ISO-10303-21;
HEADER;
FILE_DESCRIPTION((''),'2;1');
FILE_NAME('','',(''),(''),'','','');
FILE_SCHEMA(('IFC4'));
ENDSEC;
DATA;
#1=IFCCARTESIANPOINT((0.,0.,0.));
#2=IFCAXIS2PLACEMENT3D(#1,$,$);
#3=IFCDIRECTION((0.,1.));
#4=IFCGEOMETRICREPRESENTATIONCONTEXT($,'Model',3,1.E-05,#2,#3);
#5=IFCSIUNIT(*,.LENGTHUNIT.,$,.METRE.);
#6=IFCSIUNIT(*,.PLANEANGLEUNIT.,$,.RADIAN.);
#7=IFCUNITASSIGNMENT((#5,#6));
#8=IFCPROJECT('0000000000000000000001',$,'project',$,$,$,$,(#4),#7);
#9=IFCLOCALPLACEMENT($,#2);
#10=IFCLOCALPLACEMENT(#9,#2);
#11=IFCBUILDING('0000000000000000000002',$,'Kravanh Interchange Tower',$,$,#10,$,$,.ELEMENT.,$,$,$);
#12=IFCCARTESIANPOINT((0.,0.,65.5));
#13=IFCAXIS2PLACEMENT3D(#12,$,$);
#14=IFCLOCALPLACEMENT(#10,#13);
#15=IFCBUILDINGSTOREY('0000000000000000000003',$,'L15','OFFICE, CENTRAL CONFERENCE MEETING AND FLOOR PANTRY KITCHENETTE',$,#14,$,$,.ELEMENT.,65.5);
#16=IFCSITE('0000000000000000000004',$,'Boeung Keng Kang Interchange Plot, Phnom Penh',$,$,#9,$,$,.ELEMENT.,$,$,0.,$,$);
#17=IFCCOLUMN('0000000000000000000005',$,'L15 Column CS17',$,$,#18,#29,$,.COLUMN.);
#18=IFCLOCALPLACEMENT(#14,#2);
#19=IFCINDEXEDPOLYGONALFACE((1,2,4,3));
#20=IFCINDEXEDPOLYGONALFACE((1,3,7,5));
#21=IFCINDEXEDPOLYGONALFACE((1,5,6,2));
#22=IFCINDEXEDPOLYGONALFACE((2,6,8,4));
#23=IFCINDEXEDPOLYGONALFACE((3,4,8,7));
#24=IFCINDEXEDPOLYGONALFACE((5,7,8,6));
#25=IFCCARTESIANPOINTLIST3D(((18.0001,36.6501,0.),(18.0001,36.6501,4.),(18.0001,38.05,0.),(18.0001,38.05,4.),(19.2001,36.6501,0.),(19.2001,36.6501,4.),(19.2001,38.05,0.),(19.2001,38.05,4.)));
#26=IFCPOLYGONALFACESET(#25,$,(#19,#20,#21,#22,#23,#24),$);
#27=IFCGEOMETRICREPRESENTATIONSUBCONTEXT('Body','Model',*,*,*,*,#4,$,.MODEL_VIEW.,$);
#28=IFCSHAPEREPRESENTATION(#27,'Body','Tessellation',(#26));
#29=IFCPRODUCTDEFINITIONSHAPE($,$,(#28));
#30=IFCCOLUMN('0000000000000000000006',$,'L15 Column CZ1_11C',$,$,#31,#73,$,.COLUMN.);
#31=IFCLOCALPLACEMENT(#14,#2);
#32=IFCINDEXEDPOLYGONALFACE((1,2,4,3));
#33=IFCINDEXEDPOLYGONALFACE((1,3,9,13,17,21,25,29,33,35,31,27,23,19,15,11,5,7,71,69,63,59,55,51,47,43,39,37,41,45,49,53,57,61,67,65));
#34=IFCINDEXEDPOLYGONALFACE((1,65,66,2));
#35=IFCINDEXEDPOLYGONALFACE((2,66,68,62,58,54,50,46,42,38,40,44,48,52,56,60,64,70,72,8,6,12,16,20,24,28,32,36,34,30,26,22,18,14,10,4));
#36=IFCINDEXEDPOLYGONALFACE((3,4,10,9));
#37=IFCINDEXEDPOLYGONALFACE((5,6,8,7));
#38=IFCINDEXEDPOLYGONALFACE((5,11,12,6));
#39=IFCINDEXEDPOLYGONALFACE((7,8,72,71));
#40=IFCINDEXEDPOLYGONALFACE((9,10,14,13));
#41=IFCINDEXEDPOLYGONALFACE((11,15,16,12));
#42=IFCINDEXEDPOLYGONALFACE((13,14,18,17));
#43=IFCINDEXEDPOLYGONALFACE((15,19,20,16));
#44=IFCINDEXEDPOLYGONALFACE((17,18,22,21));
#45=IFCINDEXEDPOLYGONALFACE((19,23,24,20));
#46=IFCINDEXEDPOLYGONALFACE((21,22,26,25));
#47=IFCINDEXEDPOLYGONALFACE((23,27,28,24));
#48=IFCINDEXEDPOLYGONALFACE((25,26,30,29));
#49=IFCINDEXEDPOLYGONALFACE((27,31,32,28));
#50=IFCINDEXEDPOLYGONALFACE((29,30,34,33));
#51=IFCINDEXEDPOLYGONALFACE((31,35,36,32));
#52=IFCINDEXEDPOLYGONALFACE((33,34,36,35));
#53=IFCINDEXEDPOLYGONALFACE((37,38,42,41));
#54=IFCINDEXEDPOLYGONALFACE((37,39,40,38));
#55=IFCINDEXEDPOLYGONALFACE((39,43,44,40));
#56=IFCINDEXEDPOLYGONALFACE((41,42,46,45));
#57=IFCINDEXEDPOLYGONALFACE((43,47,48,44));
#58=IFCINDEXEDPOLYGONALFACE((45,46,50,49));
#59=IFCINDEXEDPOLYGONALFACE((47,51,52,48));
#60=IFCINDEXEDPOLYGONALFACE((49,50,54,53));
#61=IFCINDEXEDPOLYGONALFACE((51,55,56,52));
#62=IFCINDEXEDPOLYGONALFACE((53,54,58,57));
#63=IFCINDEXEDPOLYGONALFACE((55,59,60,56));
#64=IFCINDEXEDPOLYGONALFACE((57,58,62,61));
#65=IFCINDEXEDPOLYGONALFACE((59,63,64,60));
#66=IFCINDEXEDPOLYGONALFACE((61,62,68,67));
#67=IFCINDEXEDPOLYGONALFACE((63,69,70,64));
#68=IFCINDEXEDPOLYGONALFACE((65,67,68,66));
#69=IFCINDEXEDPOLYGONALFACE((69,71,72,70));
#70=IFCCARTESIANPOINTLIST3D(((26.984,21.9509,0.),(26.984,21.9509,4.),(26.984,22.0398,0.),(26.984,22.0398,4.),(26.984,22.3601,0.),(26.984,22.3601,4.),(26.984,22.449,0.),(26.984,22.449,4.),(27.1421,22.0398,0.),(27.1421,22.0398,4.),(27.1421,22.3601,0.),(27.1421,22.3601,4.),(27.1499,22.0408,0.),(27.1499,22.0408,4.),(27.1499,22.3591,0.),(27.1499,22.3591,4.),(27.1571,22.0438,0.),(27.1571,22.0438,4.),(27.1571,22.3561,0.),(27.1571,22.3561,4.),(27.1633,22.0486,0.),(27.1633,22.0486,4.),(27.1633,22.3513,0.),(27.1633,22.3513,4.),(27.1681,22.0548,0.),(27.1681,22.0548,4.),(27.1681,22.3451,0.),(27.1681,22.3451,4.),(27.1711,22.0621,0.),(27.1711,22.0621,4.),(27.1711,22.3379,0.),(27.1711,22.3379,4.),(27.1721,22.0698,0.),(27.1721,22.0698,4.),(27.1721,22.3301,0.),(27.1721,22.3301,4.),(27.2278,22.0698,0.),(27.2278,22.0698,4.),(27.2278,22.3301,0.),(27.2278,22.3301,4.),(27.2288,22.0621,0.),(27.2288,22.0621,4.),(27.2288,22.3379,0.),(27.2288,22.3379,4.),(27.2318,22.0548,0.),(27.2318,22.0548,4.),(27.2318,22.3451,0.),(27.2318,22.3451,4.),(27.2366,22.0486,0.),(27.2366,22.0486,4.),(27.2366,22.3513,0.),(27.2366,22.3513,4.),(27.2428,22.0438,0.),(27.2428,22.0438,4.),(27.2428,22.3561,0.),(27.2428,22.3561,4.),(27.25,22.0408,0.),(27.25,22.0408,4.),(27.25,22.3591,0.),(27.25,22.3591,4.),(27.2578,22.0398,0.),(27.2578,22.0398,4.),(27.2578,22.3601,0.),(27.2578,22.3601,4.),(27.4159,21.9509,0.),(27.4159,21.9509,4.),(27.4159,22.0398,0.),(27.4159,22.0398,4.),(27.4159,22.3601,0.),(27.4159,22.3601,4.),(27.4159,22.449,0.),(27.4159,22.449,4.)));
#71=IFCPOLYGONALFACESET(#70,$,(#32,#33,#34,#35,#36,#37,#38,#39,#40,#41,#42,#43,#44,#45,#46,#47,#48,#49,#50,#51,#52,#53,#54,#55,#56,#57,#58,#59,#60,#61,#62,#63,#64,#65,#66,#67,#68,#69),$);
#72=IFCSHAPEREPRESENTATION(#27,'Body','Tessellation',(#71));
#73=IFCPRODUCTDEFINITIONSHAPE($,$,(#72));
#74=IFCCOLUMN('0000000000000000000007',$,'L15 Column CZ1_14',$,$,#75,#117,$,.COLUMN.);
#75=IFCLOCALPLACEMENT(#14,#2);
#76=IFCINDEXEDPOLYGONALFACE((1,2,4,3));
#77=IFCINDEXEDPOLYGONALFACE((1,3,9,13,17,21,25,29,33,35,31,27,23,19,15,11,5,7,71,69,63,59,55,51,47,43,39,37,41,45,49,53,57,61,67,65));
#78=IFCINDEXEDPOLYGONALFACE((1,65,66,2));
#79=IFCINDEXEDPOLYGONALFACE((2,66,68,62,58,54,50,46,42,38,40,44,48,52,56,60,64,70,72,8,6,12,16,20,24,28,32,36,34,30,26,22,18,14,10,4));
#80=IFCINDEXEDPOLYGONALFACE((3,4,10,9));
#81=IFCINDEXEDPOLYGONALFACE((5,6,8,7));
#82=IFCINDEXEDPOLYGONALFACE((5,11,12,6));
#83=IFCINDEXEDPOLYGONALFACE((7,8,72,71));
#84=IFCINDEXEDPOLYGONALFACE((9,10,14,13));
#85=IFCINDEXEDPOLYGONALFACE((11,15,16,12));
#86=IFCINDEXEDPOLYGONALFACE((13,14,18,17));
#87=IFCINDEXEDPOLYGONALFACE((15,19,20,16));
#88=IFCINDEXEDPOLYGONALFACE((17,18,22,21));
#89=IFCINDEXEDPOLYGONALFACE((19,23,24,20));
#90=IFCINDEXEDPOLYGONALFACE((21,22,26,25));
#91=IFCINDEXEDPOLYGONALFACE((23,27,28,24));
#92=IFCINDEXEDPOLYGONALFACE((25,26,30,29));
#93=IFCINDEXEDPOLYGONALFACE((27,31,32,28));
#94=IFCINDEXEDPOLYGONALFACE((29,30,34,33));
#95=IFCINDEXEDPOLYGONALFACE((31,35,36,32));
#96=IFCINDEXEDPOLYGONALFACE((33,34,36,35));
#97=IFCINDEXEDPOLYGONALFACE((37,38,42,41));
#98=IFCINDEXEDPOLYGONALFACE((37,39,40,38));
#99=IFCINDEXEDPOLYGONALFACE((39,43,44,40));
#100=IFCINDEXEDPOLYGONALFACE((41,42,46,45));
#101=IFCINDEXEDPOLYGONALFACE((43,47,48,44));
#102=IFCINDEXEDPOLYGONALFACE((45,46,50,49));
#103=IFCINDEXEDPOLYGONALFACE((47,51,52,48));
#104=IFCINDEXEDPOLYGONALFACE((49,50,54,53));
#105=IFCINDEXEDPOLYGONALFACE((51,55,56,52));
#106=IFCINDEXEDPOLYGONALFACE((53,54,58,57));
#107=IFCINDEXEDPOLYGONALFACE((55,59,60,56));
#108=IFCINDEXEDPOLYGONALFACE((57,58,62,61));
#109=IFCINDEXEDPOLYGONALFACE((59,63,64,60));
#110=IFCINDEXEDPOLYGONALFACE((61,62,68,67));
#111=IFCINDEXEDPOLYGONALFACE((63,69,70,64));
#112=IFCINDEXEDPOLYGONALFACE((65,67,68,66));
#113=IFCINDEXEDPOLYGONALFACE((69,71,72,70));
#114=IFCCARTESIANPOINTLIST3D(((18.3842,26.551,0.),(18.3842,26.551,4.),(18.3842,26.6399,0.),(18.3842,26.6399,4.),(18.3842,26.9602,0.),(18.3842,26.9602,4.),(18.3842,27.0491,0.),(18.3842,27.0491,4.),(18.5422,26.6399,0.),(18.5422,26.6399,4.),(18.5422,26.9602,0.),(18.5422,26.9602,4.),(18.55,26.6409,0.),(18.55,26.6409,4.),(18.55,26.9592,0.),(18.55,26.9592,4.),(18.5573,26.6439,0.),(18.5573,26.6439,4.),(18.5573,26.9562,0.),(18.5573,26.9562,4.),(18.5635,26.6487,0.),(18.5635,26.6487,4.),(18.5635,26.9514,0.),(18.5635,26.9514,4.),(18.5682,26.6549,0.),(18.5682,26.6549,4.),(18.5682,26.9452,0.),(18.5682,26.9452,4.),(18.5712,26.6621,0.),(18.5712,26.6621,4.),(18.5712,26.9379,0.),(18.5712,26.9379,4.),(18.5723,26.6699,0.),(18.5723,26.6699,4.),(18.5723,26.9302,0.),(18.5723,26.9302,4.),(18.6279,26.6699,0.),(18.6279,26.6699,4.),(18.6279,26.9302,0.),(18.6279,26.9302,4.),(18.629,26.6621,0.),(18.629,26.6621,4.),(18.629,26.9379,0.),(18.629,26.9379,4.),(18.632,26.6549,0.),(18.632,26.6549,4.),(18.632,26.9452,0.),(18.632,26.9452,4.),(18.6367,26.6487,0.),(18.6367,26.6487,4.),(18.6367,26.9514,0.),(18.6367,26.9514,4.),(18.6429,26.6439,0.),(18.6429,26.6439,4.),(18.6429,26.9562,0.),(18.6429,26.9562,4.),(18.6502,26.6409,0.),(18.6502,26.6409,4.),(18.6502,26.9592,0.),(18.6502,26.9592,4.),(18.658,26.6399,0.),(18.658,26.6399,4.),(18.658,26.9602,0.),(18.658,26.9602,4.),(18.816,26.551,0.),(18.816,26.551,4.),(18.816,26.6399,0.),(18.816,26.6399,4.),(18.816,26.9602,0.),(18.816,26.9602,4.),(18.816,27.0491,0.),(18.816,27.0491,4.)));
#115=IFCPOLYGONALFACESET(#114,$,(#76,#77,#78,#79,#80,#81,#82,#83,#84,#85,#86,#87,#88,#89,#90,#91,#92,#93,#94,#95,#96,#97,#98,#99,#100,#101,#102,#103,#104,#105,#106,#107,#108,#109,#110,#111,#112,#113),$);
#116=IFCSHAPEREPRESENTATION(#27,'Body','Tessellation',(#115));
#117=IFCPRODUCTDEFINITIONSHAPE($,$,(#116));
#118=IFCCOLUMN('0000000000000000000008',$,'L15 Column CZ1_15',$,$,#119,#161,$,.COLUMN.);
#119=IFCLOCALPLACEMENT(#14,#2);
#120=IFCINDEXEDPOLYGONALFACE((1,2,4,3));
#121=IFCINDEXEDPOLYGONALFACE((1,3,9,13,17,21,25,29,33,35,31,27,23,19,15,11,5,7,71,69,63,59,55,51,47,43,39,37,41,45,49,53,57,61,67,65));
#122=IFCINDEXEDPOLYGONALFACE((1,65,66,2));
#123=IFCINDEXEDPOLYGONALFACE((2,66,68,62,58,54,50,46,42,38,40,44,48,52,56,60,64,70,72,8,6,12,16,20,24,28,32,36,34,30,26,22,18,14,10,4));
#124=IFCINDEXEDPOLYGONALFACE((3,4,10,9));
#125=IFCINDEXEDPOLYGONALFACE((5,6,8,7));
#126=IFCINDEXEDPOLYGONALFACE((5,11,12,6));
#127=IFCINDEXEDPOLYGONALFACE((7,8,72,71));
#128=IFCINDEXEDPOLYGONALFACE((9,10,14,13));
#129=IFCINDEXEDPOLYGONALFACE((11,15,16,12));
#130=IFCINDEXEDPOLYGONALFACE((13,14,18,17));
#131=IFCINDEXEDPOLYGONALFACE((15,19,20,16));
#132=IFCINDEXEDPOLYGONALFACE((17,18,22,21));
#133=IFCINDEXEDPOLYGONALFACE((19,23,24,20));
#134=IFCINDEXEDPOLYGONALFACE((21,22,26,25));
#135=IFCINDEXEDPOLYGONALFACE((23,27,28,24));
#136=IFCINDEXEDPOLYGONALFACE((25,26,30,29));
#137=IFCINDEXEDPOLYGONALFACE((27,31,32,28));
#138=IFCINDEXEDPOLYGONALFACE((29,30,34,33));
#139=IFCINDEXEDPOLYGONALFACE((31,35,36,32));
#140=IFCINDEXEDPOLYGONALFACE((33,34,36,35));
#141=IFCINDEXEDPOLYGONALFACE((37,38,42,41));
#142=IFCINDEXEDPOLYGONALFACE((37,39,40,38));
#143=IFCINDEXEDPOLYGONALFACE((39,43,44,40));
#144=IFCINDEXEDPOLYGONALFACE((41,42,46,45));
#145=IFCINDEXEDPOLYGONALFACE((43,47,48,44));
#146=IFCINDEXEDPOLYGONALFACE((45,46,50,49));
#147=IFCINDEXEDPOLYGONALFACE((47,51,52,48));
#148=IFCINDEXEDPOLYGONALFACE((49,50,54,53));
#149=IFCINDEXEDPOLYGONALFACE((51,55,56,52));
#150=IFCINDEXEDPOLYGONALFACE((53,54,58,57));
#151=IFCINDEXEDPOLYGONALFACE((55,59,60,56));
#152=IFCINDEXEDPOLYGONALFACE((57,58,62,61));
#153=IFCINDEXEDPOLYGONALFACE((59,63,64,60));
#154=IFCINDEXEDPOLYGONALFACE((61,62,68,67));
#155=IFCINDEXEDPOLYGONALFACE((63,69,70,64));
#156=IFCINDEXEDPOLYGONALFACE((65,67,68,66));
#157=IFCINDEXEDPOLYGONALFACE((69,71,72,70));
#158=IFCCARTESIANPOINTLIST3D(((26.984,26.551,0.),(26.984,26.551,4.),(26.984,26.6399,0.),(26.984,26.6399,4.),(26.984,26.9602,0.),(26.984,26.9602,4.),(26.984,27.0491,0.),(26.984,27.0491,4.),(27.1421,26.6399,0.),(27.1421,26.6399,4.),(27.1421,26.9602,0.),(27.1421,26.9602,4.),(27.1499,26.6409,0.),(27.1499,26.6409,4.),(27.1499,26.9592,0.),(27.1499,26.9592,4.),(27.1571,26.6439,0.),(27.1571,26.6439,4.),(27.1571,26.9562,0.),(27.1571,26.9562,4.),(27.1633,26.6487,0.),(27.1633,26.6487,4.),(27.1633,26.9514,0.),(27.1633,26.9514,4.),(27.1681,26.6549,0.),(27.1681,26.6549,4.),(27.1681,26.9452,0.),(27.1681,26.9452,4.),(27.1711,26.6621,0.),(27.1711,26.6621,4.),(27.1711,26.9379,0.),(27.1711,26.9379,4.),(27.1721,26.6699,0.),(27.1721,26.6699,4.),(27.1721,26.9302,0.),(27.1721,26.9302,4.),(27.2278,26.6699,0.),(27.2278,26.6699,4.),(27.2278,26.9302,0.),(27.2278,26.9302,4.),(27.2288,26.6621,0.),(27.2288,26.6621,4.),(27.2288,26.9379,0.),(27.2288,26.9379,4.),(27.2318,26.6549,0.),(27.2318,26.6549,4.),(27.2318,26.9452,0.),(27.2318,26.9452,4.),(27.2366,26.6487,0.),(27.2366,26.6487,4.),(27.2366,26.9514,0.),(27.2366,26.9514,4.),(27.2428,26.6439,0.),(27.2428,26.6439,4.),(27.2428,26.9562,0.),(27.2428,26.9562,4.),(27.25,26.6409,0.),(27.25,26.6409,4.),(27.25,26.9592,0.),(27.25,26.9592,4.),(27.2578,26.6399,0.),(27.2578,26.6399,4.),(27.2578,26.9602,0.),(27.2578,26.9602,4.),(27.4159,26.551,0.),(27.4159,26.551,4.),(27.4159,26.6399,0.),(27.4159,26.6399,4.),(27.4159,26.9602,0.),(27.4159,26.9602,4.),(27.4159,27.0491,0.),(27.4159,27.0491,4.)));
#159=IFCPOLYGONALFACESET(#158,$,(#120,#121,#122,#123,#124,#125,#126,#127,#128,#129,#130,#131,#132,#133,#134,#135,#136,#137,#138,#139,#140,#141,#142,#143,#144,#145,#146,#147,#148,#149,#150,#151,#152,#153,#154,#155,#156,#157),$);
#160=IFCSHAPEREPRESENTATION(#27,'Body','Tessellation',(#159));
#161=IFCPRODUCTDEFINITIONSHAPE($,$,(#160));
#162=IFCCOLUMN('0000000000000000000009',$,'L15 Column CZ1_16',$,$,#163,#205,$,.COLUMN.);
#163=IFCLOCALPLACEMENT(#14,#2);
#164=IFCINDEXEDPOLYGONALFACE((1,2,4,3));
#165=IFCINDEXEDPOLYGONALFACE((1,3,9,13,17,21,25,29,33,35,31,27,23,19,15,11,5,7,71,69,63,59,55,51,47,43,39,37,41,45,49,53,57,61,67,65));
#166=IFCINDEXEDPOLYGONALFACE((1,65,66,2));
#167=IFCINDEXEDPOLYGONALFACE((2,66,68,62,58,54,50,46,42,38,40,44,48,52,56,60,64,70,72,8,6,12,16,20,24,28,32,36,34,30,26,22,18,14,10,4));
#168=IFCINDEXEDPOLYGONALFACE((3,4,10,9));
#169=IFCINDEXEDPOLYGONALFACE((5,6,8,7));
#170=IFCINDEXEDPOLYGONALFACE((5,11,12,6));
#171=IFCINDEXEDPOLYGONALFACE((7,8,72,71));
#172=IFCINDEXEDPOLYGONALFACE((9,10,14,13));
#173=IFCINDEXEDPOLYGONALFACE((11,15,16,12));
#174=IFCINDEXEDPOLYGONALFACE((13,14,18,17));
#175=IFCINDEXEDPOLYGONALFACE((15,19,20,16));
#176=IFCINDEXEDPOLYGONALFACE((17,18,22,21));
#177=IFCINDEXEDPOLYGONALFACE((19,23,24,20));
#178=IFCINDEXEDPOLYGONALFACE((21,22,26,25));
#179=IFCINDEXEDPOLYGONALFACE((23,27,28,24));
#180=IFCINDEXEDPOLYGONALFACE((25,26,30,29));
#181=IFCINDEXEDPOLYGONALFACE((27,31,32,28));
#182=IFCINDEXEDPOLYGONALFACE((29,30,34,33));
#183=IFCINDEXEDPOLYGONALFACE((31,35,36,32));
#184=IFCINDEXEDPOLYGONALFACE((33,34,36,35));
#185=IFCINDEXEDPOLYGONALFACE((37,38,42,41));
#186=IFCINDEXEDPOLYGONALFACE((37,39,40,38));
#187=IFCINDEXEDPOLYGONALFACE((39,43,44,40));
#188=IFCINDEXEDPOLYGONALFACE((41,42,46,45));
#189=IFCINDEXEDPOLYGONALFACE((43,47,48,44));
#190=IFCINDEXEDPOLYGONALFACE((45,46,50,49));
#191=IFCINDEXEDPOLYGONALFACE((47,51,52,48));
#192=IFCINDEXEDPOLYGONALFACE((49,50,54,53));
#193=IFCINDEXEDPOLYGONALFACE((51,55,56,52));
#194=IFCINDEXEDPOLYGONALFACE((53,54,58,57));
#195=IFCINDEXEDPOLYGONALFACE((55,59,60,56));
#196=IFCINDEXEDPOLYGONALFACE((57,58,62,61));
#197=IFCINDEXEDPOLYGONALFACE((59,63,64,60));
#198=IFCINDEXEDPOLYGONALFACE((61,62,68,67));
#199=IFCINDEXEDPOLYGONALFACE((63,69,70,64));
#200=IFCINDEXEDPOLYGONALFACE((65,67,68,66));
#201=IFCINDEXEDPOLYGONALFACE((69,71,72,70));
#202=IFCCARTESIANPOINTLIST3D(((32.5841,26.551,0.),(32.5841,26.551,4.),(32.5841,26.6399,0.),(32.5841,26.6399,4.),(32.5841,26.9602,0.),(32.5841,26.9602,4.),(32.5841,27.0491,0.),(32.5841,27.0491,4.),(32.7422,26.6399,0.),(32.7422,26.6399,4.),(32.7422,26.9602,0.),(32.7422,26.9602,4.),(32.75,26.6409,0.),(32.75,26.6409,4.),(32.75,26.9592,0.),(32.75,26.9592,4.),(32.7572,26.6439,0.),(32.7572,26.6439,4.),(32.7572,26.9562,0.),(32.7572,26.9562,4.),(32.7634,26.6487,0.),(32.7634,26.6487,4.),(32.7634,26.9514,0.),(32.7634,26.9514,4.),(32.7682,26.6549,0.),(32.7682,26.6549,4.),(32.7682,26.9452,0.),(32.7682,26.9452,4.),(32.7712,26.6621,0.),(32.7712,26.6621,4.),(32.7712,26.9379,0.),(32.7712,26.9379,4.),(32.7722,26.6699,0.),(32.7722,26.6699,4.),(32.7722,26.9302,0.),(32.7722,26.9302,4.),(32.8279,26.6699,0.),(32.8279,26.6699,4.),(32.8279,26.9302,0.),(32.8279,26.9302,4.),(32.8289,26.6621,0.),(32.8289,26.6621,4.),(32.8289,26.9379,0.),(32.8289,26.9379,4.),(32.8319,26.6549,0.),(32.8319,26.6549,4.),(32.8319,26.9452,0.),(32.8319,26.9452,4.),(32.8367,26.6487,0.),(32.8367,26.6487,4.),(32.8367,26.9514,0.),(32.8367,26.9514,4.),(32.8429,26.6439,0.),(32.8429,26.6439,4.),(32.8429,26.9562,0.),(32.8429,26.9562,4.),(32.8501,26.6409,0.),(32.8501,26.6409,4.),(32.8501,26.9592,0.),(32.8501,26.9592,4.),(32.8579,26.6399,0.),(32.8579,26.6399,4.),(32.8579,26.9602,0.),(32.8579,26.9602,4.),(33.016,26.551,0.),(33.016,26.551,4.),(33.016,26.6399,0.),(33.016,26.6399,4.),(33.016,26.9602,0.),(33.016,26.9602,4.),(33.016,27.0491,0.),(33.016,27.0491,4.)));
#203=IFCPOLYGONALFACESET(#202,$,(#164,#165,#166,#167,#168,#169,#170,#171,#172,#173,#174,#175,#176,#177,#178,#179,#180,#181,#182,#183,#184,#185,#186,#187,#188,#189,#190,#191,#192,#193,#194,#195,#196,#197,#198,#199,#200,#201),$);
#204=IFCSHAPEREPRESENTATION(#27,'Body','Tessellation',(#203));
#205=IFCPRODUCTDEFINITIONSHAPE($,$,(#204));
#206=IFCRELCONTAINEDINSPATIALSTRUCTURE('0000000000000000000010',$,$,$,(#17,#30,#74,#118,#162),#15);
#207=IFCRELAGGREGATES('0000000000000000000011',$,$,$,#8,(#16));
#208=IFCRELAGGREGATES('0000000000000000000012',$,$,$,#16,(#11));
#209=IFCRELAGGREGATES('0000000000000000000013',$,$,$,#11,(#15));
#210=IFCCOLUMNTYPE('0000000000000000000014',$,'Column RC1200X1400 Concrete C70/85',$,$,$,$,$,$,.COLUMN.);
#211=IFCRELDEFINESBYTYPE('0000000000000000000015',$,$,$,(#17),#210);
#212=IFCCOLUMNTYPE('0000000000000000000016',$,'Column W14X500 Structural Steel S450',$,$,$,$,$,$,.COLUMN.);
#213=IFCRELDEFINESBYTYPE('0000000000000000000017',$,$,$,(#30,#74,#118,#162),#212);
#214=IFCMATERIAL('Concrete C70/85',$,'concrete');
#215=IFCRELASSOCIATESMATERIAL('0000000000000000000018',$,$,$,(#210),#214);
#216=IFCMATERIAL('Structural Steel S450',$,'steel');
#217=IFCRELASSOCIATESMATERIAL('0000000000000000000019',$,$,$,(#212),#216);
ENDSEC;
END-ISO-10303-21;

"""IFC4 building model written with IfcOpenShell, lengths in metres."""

from ifc_helpers import new_model, si_unit, direction, frame, origin, origin_2d, place, context, subcontext, project, spatial, rectangle, i_section, extrude, material, material_profile, profile_set, type_object, element, save


model = new_model("IFC4")

# Units and contexts
model_context = context("Model", 3, precision=1e-05, world=origin(), true_north=direction((0.0, 1.0)))
body_context = subcontext(model_context, "Body", "Model", "MODEL_VIEW")
ifc_project = project(units=[si_unit("LENGTHUNIT", "METRE"), si_unit("PLANEANGLEUNIT", "RADIAN")], contexts=[model_context])

# Site, building, storey
site_placement = place(None, origin())
site = spatial("IfcSite", under=ifc_project, at=site_placement, Name="Boeung Keng Kang Interchange Plot, Phnom Penh", CompositionType="ELEMENT", RefElevation=0.0)
building_placement = place(site_placement, origin())
building = spatial("IfcBuilding", under=site, at=building_placement, Name="Kravanh Interchange Tower", CompositionType="ELEMENT")
storey_placement = place(building_placement, frame((0.0, 0.0, 65.5)))
storey = spatial("IfcBuildingStorey", under=building, at=storey_placement, Name="L15", Description="OFFICE, CENTRAL CONFERENCE MEETING AND FLOOR PANTRY KITCHENETTE", CompositionType="ELEMENT", Elevation=65.5)

# Columns
ifc_material_1 = material(Name="Concrete C70/85", Category="concrete")
ifc_material_profile_1 = material_profile(ifc_material_1, rectangle(XDim=1.2, YDim=1.3999, at=origin_2d()), Name="RC1200X1400")
ifc_profile_set_1 = profile_set([ifc_material_profile_1], Name="Concrete C70/85")
column_type_1 = type_object("IfcColumnType", Name="Column RC1200X1400 Concrete C70/85", PredefinedType="COLUMN", material=ifc_profile_set_1)
column_placement = place(storey_placement, frame((18.6001, 37.3501, 0.0), z_axis=(0.0, 0.0, 1.0), x_axis=(1.0, 0.0, 0.0)))
element("IfcColumn", 1, at=column_placement, inside=storey, type_object=column_type_1, Name="L15 Column CS17", PredefinedType="COLUMN", context=body_context, shape_type="SweptSolid", body=[
    extrude(rectangle(XDim=1.2, YDim=1.3999, at=origin_2d()), origin(), (0.0, 0.0, 1.0), 4.0),
])
ifc_material_2 = material(Name="Structural Steel S450", Category="steel")
ifc_material_profile_2 = material_profile(ifc_material_2, i_section(OverallWidth=0.4319, OverallDepth=0.498, WebThickness=0.0557, FlangeThickness=0.0889, FilletRadius=0.03, at=origin_2d()), Name="W14X500")
ifc_profile_set_2 = profile_set([ifc_material_profile_2], Name="Structural Steel S450")
column_type_2 = type_object("IfcColumnType", Name="Column W14X500 Structural Steel S450", PredefinedType="COLUMN", material=ifc_profile_set_2)
for number, where, z_axis, x_axis, name in (
    (2, (27.2, 22.2, 0.0), (0.0, 0.0, 1.0), (1.0, 0.0, 0.0), "L15 Column CZ1_11C"),
    (3, (18.6001, 26.8, 0.0), (0.0, 0.0, 1.0), (1.0, 0.0, 0.0), "L15 Column CZ1_14"),
    (4, (27.2, 26.8, 0.0), (0.0, 0.0, 1.0), (1.0, 0.0, 0.0), "L15 Column CZ1_15"),
    (5, (32.8, 26.8, 0.0), (0.0, 0.0, 1.0), (1.0, 0.0, 0.0), "L15 Column CZ1_16"),
):
    element("IfcColumn", number, at=place(storey_placement, frame(where, z_axis=z_axis, x_axis=x_axis)), inside=storey, type_object=column_type_2, Name=name, PredefinedType="COLUMN", context=body_context, shape_type="SweptSolid", body=[
        extrude(i_section(OverallWidth=0.4319, OverallDepth=0.498, WebThickness=0.0557, FlangeThickness=0.0889, FilletRadius=0.03, at=origin_2d()), origin(), (0.0, 0.0, 1.0), 4.0),
    ])

save(model, "model.ifc")
